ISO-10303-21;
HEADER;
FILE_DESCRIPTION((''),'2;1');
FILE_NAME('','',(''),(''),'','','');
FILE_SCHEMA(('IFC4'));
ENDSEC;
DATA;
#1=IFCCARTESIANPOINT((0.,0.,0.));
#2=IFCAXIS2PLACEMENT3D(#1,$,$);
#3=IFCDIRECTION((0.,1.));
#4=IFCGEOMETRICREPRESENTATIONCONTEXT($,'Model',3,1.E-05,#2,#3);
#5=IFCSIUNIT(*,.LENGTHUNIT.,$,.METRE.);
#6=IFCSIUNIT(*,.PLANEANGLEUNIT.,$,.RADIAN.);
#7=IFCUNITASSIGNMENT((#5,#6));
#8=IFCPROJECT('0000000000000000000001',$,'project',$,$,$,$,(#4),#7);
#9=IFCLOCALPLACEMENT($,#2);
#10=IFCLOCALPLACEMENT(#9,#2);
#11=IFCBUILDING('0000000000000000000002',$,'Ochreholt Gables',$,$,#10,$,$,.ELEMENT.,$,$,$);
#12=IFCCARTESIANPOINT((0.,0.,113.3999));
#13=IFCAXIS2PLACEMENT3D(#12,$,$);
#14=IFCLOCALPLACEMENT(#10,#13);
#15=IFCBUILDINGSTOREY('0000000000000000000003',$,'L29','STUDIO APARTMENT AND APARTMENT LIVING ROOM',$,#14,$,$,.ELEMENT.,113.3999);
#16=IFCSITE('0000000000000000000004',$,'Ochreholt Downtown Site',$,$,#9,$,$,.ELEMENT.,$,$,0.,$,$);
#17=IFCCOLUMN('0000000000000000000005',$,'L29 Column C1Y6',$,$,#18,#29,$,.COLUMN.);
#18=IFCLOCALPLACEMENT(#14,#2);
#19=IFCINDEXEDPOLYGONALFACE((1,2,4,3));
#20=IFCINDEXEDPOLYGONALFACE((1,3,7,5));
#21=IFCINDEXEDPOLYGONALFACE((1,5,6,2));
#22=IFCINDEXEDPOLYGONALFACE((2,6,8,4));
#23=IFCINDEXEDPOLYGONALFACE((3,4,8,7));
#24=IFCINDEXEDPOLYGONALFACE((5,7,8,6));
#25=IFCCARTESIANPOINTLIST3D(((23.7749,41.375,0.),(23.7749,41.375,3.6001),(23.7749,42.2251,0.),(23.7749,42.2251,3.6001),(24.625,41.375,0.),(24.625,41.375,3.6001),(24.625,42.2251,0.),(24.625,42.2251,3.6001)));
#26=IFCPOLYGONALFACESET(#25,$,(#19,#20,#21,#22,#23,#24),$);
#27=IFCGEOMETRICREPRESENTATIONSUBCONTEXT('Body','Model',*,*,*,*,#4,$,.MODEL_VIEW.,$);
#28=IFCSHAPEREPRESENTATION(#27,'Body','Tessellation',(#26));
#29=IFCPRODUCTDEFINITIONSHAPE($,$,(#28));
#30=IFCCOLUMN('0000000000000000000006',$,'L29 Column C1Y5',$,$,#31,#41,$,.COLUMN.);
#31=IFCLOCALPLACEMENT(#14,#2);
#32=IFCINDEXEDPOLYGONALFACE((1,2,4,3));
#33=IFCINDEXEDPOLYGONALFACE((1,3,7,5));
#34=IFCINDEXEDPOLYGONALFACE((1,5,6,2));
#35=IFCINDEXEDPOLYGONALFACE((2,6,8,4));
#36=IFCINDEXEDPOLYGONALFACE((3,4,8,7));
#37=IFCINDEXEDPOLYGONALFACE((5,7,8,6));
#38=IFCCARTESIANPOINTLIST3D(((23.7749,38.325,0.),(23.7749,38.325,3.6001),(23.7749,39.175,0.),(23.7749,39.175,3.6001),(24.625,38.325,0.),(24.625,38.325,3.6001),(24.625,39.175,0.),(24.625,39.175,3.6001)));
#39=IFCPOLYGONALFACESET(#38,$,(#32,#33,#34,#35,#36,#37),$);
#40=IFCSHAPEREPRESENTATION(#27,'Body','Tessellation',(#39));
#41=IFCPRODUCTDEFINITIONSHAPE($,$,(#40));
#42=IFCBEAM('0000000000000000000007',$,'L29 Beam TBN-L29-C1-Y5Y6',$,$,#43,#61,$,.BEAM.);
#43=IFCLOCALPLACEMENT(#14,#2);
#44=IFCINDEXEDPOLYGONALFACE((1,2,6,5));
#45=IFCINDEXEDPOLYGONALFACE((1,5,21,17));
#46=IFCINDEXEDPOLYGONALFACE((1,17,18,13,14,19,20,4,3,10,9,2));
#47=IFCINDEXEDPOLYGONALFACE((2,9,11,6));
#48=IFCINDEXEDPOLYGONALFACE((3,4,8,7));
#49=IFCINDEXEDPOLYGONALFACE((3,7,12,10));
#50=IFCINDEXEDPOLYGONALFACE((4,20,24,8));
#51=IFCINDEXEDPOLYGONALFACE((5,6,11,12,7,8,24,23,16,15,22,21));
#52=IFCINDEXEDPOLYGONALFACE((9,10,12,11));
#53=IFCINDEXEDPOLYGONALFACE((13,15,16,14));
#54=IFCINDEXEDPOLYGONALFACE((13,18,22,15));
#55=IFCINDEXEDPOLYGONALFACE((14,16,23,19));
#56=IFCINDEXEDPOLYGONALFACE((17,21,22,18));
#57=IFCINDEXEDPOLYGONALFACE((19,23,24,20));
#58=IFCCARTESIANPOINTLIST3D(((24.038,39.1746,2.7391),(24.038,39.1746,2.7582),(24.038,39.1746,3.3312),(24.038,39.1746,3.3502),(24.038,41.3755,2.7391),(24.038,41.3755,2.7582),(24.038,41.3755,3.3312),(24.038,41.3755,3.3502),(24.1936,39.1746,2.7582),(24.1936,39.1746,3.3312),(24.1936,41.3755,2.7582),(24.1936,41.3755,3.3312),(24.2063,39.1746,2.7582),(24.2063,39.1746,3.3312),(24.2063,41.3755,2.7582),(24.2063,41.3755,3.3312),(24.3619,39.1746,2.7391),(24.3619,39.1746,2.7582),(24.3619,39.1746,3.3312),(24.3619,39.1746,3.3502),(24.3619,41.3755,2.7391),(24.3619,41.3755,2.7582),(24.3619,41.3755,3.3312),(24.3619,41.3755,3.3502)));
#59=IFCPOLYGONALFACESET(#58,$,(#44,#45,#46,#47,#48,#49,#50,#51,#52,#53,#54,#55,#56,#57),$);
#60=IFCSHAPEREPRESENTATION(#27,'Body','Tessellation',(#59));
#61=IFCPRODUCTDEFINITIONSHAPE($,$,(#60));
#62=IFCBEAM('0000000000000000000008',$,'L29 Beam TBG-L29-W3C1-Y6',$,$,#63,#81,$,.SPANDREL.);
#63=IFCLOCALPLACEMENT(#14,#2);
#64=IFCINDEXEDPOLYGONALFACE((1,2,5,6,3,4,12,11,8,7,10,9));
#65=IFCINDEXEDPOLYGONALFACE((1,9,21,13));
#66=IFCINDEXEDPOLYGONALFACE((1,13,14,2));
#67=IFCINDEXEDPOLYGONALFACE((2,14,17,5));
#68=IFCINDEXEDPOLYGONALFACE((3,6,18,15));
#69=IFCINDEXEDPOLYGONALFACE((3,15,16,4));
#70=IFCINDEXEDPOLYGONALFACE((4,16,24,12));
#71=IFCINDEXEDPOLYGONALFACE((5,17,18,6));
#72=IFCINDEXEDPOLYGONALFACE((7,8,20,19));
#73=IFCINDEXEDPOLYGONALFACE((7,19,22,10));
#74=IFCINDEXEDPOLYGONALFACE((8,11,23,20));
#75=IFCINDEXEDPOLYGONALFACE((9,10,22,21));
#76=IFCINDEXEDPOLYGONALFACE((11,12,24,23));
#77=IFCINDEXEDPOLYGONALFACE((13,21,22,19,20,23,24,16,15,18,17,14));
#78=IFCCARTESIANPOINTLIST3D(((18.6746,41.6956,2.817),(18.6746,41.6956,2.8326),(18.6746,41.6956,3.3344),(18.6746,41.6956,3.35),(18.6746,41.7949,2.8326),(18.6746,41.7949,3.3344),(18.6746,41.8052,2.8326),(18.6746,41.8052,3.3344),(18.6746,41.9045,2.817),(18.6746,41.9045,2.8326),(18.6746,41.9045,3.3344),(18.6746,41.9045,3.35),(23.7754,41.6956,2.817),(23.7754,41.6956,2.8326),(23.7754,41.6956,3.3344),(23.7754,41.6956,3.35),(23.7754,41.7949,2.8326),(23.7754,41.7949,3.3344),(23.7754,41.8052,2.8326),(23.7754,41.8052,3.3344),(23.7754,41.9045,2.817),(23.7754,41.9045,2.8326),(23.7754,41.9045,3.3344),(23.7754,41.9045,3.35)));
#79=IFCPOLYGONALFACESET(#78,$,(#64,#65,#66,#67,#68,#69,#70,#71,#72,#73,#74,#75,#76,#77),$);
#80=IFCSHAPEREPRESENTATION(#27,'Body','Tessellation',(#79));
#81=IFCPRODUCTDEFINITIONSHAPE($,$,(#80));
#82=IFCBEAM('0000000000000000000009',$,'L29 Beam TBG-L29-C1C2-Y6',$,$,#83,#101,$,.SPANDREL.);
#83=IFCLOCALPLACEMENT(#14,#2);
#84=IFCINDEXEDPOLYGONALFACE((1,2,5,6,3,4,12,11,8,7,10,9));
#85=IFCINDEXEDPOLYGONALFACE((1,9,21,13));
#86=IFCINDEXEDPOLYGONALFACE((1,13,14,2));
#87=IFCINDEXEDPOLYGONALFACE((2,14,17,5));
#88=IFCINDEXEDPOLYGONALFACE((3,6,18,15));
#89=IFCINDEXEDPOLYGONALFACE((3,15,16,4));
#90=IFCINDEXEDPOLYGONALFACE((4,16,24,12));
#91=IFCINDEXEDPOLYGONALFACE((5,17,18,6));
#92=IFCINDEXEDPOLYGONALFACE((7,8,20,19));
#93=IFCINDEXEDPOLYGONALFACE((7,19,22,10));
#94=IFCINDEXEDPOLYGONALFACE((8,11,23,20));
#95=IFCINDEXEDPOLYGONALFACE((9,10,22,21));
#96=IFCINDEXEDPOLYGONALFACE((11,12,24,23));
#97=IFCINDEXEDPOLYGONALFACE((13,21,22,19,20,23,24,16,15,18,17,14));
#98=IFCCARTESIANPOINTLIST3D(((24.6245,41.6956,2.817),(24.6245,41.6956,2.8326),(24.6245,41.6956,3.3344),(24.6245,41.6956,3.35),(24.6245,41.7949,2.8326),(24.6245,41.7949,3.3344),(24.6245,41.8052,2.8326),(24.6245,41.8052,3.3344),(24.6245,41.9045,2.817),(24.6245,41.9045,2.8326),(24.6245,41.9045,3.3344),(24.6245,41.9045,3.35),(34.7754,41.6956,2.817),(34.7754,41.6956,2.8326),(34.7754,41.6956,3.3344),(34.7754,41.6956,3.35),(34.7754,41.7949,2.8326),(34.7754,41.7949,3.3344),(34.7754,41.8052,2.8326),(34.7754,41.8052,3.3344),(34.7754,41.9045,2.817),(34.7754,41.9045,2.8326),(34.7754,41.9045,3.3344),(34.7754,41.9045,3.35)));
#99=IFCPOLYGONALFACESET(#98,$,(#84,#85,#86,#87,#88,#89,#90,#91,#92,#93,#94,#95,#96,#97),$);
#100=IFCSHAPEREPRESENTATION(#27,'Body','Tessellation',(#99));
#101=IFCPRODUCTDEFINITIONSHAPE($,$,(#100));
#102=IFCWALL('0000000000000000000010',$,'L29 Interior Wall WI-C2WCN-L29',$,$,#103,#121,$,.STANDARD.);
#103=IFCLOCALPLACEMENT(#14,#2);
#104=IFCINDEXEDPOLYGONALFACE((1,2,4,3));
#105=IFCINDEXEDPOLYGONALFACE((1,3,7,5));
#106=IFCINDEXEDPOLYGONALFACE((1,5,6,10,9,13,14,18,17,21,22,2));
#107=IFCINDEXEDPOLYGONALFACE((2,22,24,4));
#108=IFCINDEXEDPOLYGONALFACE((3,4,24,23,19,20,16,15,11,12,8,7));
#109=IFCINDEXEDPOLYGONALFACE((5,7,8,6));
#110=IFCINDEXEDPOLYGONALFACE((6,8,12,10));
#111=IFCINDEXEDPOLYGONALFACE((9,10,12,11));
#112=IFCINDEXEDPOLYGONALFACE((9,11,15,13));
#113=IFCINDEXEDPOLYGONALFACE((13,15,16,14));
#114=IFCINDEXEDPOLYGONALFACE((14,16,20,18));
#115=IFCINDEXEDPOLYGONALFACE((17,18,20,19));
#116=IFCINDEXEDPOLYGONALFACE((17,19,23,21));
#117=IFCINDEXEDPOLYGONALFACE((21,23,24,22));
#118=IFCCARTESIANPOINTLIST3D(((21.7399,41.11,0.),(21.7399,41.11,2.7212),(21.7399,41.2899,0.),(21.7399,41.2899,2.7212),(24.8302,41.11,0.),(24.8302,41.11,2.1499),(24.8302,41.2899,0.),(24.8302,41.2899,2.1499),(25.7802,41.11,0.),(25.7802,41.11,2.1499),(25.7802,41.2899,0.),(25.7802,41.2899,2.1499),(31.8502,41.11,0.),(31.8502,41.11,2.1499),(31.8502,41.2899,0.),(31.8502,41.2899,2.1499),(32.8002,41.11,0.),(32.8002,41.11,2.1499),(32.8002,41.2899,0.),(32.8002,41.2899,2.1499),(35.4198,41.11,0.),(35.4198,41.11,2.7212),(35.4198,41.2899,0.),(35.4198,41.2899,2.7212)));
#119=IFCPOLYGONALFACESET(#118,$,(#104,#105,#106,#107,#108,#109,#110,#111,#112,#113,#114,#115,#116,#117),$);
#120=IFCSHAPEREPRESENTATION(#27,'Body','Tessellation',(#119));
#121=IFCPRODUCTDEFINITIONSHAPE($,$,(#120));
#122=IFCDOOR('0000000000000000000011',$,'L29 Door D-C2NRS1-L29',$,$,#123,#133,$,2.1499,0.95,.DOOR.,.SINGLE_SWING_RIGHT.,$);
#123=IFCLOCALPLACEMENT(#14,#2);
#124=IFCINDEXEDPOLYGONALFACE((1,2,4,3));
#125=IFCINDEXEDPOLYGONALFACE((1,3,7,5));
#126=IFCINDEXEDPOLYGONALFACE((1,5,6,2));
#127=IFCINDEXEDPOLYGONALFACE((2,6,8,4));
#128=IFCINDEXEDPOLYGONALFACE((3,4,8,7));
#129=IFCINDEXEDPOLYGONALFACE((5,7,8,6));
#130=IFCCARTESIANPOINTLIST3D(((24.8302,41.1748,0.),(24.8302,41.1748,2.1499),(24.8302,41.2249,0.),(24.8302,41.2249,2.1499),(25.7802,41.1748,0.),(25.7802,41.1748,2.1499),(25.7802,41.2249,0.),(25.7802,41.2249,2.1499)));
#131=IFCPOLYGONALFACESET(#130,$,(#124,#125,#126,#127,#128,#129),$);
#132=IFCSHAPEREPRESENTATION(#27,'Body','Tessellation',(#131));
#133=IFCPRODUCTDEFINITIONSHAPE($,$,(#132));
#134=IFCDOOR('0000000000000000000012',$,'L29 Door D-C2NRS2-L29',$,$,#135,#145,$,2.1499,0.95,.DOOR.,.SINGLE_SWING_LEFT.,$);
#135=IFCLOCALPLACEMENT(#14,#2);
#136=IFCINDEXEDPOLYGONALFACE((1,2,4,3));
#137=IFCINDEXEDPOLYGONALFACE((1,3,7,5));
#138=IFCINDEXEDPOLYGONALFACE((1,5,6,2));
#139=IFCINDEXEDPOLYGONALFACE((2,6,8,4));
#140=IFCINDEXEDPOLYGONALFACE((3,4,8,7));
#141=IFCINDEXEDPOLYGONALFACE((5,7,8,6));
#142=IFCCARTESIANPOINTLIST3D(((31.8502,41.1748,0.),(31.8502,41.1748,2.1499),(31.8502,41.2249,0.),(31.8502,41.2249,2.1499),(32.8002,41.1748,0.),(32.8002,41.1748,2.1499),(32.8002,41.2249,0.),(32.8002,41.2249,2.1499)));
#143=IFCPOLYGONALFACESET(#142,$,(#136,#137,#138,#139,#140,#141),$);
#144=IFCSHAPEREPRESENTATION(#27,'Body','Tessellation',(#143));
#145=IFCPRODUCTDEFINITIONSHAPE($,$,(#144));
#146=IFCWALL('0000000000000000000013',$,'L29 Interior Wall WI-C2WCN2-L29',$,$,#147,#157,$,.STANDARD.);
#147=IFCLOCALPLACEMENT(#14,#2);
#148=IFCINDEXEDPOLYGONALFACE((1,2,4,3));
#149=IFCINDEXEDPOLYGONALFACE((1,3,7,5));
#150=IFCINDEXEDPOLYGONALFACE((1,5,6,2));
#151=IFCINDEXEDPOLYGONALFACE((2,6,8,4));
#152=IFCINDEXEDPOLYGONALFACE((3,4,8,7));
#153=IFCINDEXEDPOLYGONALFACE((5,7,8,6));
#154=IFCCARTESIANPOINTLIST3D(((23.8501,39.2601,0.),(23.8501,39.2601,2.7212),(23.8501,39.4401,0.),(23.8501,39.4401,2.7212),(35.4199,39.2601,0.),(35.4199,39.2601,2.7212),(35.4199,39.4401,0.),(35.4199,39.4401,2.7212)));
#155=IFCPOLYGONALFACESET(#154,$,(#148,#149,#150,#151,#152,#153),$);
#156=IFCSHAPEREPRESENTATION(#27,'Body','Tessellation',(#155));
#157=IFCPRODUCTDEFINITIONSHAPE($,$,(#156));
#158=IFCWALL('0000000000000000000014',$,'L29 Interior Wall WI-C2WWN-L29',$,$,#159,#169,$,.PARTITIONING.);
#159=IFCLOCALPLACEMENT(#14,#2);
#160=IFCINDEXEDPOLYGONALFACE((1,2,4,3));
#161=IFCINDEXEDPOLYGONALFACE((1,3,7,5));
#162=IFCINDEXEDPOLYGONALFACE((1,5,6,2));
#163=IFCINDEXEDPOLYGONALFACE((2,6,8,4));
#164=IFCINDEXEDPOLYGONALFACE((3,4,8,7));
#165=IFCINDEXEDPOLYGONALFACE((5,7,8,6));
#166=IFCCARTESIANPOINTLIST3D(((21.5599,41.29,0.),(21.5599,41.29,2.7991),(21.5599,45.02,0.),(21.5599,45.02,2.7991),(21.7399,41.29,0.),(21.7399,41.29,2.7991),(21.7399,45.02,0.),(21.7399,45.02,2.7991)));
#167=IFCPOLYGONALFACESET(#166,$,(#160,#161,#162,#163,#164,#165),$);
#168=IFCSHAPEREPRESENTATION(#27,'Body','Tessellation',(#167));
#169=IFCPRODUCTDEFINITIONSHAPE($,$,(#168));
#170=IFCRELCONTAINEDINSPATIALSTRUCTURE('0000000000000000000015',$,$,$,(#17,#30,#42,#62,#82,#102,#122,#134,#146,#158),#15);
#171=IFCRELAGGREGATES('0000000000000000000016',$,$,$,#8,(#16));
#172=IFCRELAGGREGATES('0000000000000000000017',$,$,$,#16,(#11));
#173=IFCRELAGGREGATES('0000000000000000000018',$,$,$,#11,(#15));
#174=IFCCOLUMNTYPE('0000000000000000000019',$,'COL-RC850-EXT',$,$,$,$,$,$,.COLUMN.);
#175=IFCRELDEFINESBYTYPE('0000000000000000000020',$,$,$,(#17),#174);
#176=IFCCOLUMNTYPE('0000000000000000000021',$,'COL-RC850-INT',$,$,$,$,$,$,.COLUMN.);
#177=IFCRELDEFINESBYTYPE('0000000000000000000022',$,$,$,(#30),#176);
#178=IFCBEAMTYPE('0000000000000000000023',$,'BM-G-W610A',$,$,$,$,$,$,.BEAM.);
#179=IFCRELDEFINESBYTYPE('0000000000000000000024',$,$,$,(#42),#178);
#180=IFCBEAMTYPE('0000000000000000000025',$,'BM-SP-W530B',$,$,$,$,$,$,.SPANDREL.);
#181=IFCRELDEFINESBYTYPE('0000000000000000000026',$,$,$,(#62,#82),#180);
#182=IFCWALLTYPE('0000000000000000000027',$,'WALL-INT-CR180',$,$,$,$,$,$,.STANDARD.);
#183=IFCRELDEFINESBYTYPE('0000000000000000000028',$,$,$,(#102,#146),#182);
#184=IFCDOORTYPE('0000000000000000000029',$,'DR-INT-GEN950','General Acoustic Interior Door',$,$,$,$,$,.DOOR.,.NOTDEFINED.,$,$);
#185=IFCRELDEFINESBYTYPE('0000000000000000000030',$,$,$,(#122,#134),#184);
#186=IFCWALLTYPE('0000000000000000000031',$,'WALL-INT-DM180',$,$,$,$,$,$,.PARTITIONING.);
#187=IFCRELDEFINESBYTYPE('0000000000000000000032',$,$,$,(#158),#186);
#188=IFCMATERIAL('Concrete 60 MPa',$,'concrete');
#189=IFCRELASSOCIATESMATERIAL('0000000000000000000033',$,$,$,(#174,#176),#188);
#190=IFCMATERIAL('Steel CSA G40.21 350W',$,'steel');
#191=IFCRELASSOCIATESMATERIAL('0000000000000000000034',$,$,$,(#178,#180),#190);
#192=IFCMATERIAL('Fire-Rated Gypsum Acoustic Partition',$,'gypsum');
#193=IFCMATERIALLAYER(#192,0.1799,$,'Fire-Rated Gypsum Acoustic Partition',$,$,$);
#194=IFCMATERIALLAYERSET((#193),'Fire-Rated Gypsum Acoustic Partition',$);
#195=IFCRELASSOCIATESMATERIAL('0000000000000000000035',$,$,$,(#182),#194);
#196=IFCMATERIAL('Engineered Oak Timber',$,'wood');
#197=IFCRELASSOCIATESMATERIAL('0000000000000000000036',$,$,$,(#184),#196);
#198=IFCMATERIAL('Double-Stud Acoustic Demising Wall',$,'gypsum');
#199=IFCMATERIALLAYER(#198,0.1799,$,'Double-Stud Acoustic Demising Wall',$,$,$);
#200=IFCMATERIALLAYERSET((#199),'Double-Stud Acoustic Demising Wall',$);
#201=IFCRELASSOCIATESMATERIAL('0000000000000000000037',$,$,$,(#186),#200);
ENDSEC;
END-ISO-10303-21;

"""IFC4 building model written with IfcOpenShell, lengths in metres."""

from ifc_helpers import new_model, si_unit, direction, frame, frame_2d, origin, origin_2d, place, context, subcontext, project, spatial, rectangle, i_section, extrude, material, layer, layer_set, material_profile, profile_set, type_object, element, fill, save


model = new_model("IFC4")

# Units and contexts
model_context = context("Model", 3, precision=1e-05, world=origin(), true_north=direction((0.0, 1.0)))
body_context = subcontext(model_context, "Body", "Model", "MODEL_VIEW")
ifc_project = project(units=[si_unit("LENGTHUNIT", "METRE"), si_unit("PLANEANGLEUNIT", "RADIAN")], contexts=[model_context])

# Site, building, storey
site_placement = place(None, origin())
site = spatial("IfcSite", under=ifc_project, at=site_placement, Name="Ochreholt Downtown Site", CompositionType="ELEMENT", RefElevation=0.0)
building_placement = place(site_placement, origin())
building = spatial("IfcBuilding", under=site, at=building_placement, Name="Ochreholt Gables", CompositionType="ELEMENT")
storey_placement = place(building_placement, frame((0.0, 0.0, 113.3999)))
storey = spatial("IfcBuildingStorey", under=building, at=storey_placement, Name="L29", Description="STUDIO APARTMENT AND APARTMENT LIVING ROOM", CompositionType="ELEMENT", Elevation=113.3999)

# Columns
ifc_material_1 = material(Name="Concrete 60 MPa", Category="concrete")
ifc_material_profile_1 = material_profile(ifc_material_1, rectangle(XDim=0.8501, YDim=0.8501, at=origin_2d()), Name="RC850X850")
ifc_profile_set_1 = profile_set([ifc_material_profile_1], Name="Concrete 60 MPa")
column_type_1 = type_object("IfcColumnType", Name="COL-RC850-EXT", PredefinedType="COLUMN", material=ifc_profile_set_1)
column_1_placement = place(storey_placement, frame((24.2, 41.8, 0.0), z_axis=(0.0, 0.0, 1.0), x_axis=(1.0, 0.0, 0.0)))
element("IfcColumn", 1, at=column_1_placement, inside=storey, type_object=column_type_1, Name="L29 Column C1Y6", PredefinedType="COLUMN", context=body_context, shape_type="SweptSolid", body=[
    extrude(rectangle(XDim=0.8501, YDim=0.8501, at=origin_2d()), origin(), (0.0, 0.0, 1.0), 3.6001),
])
ifc_material_profile_2 = material_profile(ifc_material_1, rectangle(XDim=0.8501, YDim=0.8501, at=origin_2d()), Name="RC850X850")
ifc_profile_set_2 = profile_set([ifc_material_profile_2], Name="Concrete 60 MPa")
column_type_2 = type_object("IfcColumnType", Name="COL-RC850-INT", PredefinedType="COLUMN", material=ifc_profile_set_2)
column_2_placement = place(storey_placement, frame((24.2, 38.75, 0.0), z_axis=(0.0, 0.0, 1.0), x_axis=(1.0, 0.0, 0.0)))
element("IfcColumn", 2, at=column_2_placement, inside=storey, type_object=column_type_2, Name="L29 Column C1Y5", PredefinedType="COLUMN", context=body_context, shape_type="SweptSolid", body=[
    extrude(rectangle(XDim=0.8501, YDim=0.8501, at=origin_2d()), origin(), (0.0, 0.0, 1.0), 3.6001),
])

# Beams
ifc_material_2 = material(Name="Steel CSA G40.21 350W", Category="steel")
ifc_material_profile_3 = material_profile(ifc_material_2, i_section(OverallWidth=0.324, OverallDepth=0.6111, WebThickness=0.0127, FlangeThickness=0.019, at=origin_2d()), Name="W610X155")
ifc_profile_set_3 = profile_set([ifc_material_profile_3], Name="Steel CSA G40.21 350W")
beam_type_1 = type_object("IfcBeamType", Name="BM-G-W610A", PredefinedType="BEAM", material=ifc_profile_set_3)
beam_1_placement = place(storey_placement, frame((24.2, 39.1746, 3.0447), z_axis=(0.0, 1.0, 0.0), x_axis=(-1.0, 0.0, 0.0)))
element("IfcBeam", 3, at=beam_1_placement, inside=storey, type_object=beam_type_1, Name="L29 Beam TBN-L29-C1-Y5Y6", PredefinedType="BEAM", context=body_context, shape_type="SweptSolid", body=[
    extrude(i_section(OverallWidth=0.324, OverallDepth=0.6111, WebThickness=0.0127, FlangeThickness=0.019, at=origin_2d()), origin(), (0.0, 0.0, 1.0), 2.2009),
])
ifc_material_profile_4 = material_profile(ifc_material_2, i_section(OverallWidth=0.209, OverallDepth=0.533, WebThickness=0.0103, FlangeThickness=0.0156, at=origin_2d()), Name="W530X92")
ifc_profile_set_4 = profile_set([ifc_material_profile_4], Name="Steel CSA G40.21 350W")
beam_type_2 = type_object("IfcBeamType", Name="BM-SP-W530B", PredefinedType="SPANDREL", material=ifc_profile_set_4)
beam_2_placement = place(storey_placement, frame((18.6746, 41.8, 3.0835), z_axis=(1.0, 0.0, 0.0), x_axis=(0.0, 1.0, 0.0)))
element("IfcBeam", 4, at=beam_2_placement, inside=storey, type_object=beam_type_2, Name="L29 Beam TBG-L29-W3C1-Y6", PredefinedType="SPANDREL", context=body_context, shape_type="SweptSolid", body=[
    extrude(i_section(OverallWidth=0.209, OverallDepth=0.533, WebThickness=0.0103, FlangeThickness=0.0156, at=origin_2d()), origin(), (0.0, 0.0, 1.0), 5.1008),
])
beam_3_placement = place(storey_placement, frame((24.6245, 41.8, 3.0835), z_axis=(1.0, 0.0, 0.0), x_axis=(0.0, 1.0, 0.0)))
element("IfcBeam", 5, at=beam_3_placement, inside=storey, type_object=beam_type_2, Name="L29 Beam TBG-L29-C1C2-Y6", PredefinedType="SPANDREL", context=body_context, shape_type="SweptSolid", body=[
    extrude(i_section(OverallWidth=0.209, OverallDepth=0.533, WebThickness=0.0103, FlangeThickness=0.0156, at=origin_2d()), origin(), (0.0, 0.0, 1.0), 10.1509),
])

# Wall, openings, doors
ifc_material_3 = material(Name="Fire-Rated Gypsum Acoustic Partition", Category="gypsum")
ifc_layer_1 = layer(ifc_material_3, 0.1799, Name="Fire-Rated Gypsum Acoustic Partition")
ifc_layer_set_1 = layer_set([ifc_layer_1], Name="Fire-Rated Gypsum Acoustic Partition")
wall_type_1 = type_object("IfcWallType", Name="WALL-INT-CR180", PredefinedType="STANDARD", material=ifc_layer_set_1)
wall_1_placement = place(storey_placement, frame((21.74, 41.2, 0.0), z_axis=(0.0, 0.0, 1.0), x_axis=(1.0, 0.0, 0.0)))
wall_1 = element("IfcWall", 6, at=wall_1_placement, inside=storey, type_object=wall_type_1, Name="L29 Interior Wall WI-C2WCN-L29", PredefinedType="STANDARD", context=body_context, shape_type="SweptSolid", body=[
    extrude(rectangle(XDim=13.6799, YDim=0.1799, at=frame_2d((6.8398, 0.0))), origin(), (0.0, 0.0, 1.0), 2.7212),
])
opening_1_placement = place(wall_1_placement, frame((3.0901, 0.0, 0.0)))
opening_1 = element("IfcOpeningElement", 7, at=opening_1_placement, cuts=wall_1, PredefinedType="OPENING", context=body_context, shape_type="SweptSolid", body=[
    extrude(rectangle(XDim=0.95, YDim=2.1499, at=frame_2d((0.4751, 1.075))), frame((0.0, 0.0999, 0.0), z_axis=(0.0, -1.0, 0.0), x_axis=(1.0, 0.0, 0.0)), (0.0, 0.0, 1.0), 0.2),
])
opening_2_placement = place(wall_1_placement, frame((10.1101, 0.0, 0.0)))
opening_2 = element("IfcOpeningElement", 8, at=opening_2_placement, cuts=wall_1, PredefinedType="OPENING", context=body_context, shape_type="SweptSolid", body=[
    extrude(rectangle(XDim=0.95, YDim=2.1499, at=frame_2d((0.4751, 1.075))), frame((0.0, 0.0999, 0.0), z_axis=(0.0, -1.0, 0.0), x_axis=(1.0, 0.0, 0.0)), (0.0, 0.0, 1.0), 0.2),
])
ifc_material_4 = material(Name="Engineered Oak Timber", Category="wood")
door_type_1 = type_object("IfcDoorType", Name="DR-INT-GEN950", Description="General Acoustic Interior Door", OperationType="NOTDEFINED", PredefinedType="DOOR", material=ifc_material_4)
door_1_placement = place(opening_1_placement, origin())
door_1 = element("IfcDoor", 9, at=door_1_placement, inside=storey, type_object=door_type_1, Name="L29 Door D-C2NRS1-L29", OperationType="SINGLE_SWING_RIGHT", OverallHeight=2.1499, OverallWidth=0.95, PredefinedType="DOOR", context=body_context, shape_type="SweptSolid", body=[
    extrude(rectangle(XDim=0.95, YDim=2.1499, at=frame_2d((0.4751, 1.075))), frame((0.0, 0.0249, 0.0), z_axis=(0.0, -1.0, 0.0), x_axis=(1.0, 0.0, 0.0)), (0.0, 0.0, 1.0), 0.05),
])
fill(opening_1, door_1)
door_2_placement = place(opening_2_placement, origin())
door_2 = element("IfcDoor", 10, at=door_2_placement, inside=storey, type_object=door_type_1, Name="L29 Door D-C2NRS2-L29", OperationType="SINGLE_SWING_LEFT", OverallHeight=2.1499, OverallWidth=0.95, PredefinedType="DOOR", context=body_context, shape_type="SweptSolid", body=[
    extrude(rectangle(XDim=0.95, YDim=2.1499, at=frame_2d((0.4751, 1.075))), frame((0.0, 0.0249, 0.0), z_axis=(0.0, -1.0, 0.0), x_axis=(1.0, 0.0, 0.0)), (0.0, 0.0, 1.0), 0.05),
])
fill(opening_2, door_2)

# Walls
wall_2_placement = place(storey_placement, frame((23.8501, 39.3501, 0.0), z_axis=(0.0, 0.0, 1.0), x_axis=(1.0, 0.0, 0.0)))
element("IfcWall", 11, at=wall_2_placement, inside=storey, type_object=wall_type_1, Name="L29 Interior Wall WI-C2WCN2-L29", PredefinedType="STANDARD", context=body_context, shape_type="SweptSolid", body=[
    extrude(rectangle(XDim=11.5698, YDim=0.1799, at=frame_2d((5.7849, 0.0))), origin(), (0.0, 0.0, 1.0), 2.7212),
])
ifc_material_5 = material(Name="Double-Stud Acoustic Demising Wall", Category="gypsum")
ifc_layer_2 = layer(ifc_material_5, 0.1799, Name="Double-Stud Acoustic Demising Wall")
ifc_layer_set_2 = layer_set([ifc_layer_2], Name="Double-Stud Acoustic Demising Wall")
wall_type_2 = type_object("IfcWallType", Name="WALL-INT-DM180", PredefinedType="PARTITIONING", material=ifc_layer_set_2)
wall_3_placement = place(storey_placement, frame((21.6499, 41.29, 0.0), z_axis=(0.0, 0.0, 1.0), x_axis=(0.0, 1.0, 0.0)))
element("IfcWall", 12, at=wall_3_placement, inside=storey, type_object=wall_type_2, Name="L29 Interior Wall WI-C2WWN-L29", PredefinedType="PARTITIONING", context=body_context, shape_type="SweptSolid", body=[
    extrude(rectangle(XDim=3.73, YDim=0.1799, at=frame_2d((1.865, 0.0))), origin(), (0.0, 0.0, 1.0), 2.7991),
])

save(model, "model.ifc")
